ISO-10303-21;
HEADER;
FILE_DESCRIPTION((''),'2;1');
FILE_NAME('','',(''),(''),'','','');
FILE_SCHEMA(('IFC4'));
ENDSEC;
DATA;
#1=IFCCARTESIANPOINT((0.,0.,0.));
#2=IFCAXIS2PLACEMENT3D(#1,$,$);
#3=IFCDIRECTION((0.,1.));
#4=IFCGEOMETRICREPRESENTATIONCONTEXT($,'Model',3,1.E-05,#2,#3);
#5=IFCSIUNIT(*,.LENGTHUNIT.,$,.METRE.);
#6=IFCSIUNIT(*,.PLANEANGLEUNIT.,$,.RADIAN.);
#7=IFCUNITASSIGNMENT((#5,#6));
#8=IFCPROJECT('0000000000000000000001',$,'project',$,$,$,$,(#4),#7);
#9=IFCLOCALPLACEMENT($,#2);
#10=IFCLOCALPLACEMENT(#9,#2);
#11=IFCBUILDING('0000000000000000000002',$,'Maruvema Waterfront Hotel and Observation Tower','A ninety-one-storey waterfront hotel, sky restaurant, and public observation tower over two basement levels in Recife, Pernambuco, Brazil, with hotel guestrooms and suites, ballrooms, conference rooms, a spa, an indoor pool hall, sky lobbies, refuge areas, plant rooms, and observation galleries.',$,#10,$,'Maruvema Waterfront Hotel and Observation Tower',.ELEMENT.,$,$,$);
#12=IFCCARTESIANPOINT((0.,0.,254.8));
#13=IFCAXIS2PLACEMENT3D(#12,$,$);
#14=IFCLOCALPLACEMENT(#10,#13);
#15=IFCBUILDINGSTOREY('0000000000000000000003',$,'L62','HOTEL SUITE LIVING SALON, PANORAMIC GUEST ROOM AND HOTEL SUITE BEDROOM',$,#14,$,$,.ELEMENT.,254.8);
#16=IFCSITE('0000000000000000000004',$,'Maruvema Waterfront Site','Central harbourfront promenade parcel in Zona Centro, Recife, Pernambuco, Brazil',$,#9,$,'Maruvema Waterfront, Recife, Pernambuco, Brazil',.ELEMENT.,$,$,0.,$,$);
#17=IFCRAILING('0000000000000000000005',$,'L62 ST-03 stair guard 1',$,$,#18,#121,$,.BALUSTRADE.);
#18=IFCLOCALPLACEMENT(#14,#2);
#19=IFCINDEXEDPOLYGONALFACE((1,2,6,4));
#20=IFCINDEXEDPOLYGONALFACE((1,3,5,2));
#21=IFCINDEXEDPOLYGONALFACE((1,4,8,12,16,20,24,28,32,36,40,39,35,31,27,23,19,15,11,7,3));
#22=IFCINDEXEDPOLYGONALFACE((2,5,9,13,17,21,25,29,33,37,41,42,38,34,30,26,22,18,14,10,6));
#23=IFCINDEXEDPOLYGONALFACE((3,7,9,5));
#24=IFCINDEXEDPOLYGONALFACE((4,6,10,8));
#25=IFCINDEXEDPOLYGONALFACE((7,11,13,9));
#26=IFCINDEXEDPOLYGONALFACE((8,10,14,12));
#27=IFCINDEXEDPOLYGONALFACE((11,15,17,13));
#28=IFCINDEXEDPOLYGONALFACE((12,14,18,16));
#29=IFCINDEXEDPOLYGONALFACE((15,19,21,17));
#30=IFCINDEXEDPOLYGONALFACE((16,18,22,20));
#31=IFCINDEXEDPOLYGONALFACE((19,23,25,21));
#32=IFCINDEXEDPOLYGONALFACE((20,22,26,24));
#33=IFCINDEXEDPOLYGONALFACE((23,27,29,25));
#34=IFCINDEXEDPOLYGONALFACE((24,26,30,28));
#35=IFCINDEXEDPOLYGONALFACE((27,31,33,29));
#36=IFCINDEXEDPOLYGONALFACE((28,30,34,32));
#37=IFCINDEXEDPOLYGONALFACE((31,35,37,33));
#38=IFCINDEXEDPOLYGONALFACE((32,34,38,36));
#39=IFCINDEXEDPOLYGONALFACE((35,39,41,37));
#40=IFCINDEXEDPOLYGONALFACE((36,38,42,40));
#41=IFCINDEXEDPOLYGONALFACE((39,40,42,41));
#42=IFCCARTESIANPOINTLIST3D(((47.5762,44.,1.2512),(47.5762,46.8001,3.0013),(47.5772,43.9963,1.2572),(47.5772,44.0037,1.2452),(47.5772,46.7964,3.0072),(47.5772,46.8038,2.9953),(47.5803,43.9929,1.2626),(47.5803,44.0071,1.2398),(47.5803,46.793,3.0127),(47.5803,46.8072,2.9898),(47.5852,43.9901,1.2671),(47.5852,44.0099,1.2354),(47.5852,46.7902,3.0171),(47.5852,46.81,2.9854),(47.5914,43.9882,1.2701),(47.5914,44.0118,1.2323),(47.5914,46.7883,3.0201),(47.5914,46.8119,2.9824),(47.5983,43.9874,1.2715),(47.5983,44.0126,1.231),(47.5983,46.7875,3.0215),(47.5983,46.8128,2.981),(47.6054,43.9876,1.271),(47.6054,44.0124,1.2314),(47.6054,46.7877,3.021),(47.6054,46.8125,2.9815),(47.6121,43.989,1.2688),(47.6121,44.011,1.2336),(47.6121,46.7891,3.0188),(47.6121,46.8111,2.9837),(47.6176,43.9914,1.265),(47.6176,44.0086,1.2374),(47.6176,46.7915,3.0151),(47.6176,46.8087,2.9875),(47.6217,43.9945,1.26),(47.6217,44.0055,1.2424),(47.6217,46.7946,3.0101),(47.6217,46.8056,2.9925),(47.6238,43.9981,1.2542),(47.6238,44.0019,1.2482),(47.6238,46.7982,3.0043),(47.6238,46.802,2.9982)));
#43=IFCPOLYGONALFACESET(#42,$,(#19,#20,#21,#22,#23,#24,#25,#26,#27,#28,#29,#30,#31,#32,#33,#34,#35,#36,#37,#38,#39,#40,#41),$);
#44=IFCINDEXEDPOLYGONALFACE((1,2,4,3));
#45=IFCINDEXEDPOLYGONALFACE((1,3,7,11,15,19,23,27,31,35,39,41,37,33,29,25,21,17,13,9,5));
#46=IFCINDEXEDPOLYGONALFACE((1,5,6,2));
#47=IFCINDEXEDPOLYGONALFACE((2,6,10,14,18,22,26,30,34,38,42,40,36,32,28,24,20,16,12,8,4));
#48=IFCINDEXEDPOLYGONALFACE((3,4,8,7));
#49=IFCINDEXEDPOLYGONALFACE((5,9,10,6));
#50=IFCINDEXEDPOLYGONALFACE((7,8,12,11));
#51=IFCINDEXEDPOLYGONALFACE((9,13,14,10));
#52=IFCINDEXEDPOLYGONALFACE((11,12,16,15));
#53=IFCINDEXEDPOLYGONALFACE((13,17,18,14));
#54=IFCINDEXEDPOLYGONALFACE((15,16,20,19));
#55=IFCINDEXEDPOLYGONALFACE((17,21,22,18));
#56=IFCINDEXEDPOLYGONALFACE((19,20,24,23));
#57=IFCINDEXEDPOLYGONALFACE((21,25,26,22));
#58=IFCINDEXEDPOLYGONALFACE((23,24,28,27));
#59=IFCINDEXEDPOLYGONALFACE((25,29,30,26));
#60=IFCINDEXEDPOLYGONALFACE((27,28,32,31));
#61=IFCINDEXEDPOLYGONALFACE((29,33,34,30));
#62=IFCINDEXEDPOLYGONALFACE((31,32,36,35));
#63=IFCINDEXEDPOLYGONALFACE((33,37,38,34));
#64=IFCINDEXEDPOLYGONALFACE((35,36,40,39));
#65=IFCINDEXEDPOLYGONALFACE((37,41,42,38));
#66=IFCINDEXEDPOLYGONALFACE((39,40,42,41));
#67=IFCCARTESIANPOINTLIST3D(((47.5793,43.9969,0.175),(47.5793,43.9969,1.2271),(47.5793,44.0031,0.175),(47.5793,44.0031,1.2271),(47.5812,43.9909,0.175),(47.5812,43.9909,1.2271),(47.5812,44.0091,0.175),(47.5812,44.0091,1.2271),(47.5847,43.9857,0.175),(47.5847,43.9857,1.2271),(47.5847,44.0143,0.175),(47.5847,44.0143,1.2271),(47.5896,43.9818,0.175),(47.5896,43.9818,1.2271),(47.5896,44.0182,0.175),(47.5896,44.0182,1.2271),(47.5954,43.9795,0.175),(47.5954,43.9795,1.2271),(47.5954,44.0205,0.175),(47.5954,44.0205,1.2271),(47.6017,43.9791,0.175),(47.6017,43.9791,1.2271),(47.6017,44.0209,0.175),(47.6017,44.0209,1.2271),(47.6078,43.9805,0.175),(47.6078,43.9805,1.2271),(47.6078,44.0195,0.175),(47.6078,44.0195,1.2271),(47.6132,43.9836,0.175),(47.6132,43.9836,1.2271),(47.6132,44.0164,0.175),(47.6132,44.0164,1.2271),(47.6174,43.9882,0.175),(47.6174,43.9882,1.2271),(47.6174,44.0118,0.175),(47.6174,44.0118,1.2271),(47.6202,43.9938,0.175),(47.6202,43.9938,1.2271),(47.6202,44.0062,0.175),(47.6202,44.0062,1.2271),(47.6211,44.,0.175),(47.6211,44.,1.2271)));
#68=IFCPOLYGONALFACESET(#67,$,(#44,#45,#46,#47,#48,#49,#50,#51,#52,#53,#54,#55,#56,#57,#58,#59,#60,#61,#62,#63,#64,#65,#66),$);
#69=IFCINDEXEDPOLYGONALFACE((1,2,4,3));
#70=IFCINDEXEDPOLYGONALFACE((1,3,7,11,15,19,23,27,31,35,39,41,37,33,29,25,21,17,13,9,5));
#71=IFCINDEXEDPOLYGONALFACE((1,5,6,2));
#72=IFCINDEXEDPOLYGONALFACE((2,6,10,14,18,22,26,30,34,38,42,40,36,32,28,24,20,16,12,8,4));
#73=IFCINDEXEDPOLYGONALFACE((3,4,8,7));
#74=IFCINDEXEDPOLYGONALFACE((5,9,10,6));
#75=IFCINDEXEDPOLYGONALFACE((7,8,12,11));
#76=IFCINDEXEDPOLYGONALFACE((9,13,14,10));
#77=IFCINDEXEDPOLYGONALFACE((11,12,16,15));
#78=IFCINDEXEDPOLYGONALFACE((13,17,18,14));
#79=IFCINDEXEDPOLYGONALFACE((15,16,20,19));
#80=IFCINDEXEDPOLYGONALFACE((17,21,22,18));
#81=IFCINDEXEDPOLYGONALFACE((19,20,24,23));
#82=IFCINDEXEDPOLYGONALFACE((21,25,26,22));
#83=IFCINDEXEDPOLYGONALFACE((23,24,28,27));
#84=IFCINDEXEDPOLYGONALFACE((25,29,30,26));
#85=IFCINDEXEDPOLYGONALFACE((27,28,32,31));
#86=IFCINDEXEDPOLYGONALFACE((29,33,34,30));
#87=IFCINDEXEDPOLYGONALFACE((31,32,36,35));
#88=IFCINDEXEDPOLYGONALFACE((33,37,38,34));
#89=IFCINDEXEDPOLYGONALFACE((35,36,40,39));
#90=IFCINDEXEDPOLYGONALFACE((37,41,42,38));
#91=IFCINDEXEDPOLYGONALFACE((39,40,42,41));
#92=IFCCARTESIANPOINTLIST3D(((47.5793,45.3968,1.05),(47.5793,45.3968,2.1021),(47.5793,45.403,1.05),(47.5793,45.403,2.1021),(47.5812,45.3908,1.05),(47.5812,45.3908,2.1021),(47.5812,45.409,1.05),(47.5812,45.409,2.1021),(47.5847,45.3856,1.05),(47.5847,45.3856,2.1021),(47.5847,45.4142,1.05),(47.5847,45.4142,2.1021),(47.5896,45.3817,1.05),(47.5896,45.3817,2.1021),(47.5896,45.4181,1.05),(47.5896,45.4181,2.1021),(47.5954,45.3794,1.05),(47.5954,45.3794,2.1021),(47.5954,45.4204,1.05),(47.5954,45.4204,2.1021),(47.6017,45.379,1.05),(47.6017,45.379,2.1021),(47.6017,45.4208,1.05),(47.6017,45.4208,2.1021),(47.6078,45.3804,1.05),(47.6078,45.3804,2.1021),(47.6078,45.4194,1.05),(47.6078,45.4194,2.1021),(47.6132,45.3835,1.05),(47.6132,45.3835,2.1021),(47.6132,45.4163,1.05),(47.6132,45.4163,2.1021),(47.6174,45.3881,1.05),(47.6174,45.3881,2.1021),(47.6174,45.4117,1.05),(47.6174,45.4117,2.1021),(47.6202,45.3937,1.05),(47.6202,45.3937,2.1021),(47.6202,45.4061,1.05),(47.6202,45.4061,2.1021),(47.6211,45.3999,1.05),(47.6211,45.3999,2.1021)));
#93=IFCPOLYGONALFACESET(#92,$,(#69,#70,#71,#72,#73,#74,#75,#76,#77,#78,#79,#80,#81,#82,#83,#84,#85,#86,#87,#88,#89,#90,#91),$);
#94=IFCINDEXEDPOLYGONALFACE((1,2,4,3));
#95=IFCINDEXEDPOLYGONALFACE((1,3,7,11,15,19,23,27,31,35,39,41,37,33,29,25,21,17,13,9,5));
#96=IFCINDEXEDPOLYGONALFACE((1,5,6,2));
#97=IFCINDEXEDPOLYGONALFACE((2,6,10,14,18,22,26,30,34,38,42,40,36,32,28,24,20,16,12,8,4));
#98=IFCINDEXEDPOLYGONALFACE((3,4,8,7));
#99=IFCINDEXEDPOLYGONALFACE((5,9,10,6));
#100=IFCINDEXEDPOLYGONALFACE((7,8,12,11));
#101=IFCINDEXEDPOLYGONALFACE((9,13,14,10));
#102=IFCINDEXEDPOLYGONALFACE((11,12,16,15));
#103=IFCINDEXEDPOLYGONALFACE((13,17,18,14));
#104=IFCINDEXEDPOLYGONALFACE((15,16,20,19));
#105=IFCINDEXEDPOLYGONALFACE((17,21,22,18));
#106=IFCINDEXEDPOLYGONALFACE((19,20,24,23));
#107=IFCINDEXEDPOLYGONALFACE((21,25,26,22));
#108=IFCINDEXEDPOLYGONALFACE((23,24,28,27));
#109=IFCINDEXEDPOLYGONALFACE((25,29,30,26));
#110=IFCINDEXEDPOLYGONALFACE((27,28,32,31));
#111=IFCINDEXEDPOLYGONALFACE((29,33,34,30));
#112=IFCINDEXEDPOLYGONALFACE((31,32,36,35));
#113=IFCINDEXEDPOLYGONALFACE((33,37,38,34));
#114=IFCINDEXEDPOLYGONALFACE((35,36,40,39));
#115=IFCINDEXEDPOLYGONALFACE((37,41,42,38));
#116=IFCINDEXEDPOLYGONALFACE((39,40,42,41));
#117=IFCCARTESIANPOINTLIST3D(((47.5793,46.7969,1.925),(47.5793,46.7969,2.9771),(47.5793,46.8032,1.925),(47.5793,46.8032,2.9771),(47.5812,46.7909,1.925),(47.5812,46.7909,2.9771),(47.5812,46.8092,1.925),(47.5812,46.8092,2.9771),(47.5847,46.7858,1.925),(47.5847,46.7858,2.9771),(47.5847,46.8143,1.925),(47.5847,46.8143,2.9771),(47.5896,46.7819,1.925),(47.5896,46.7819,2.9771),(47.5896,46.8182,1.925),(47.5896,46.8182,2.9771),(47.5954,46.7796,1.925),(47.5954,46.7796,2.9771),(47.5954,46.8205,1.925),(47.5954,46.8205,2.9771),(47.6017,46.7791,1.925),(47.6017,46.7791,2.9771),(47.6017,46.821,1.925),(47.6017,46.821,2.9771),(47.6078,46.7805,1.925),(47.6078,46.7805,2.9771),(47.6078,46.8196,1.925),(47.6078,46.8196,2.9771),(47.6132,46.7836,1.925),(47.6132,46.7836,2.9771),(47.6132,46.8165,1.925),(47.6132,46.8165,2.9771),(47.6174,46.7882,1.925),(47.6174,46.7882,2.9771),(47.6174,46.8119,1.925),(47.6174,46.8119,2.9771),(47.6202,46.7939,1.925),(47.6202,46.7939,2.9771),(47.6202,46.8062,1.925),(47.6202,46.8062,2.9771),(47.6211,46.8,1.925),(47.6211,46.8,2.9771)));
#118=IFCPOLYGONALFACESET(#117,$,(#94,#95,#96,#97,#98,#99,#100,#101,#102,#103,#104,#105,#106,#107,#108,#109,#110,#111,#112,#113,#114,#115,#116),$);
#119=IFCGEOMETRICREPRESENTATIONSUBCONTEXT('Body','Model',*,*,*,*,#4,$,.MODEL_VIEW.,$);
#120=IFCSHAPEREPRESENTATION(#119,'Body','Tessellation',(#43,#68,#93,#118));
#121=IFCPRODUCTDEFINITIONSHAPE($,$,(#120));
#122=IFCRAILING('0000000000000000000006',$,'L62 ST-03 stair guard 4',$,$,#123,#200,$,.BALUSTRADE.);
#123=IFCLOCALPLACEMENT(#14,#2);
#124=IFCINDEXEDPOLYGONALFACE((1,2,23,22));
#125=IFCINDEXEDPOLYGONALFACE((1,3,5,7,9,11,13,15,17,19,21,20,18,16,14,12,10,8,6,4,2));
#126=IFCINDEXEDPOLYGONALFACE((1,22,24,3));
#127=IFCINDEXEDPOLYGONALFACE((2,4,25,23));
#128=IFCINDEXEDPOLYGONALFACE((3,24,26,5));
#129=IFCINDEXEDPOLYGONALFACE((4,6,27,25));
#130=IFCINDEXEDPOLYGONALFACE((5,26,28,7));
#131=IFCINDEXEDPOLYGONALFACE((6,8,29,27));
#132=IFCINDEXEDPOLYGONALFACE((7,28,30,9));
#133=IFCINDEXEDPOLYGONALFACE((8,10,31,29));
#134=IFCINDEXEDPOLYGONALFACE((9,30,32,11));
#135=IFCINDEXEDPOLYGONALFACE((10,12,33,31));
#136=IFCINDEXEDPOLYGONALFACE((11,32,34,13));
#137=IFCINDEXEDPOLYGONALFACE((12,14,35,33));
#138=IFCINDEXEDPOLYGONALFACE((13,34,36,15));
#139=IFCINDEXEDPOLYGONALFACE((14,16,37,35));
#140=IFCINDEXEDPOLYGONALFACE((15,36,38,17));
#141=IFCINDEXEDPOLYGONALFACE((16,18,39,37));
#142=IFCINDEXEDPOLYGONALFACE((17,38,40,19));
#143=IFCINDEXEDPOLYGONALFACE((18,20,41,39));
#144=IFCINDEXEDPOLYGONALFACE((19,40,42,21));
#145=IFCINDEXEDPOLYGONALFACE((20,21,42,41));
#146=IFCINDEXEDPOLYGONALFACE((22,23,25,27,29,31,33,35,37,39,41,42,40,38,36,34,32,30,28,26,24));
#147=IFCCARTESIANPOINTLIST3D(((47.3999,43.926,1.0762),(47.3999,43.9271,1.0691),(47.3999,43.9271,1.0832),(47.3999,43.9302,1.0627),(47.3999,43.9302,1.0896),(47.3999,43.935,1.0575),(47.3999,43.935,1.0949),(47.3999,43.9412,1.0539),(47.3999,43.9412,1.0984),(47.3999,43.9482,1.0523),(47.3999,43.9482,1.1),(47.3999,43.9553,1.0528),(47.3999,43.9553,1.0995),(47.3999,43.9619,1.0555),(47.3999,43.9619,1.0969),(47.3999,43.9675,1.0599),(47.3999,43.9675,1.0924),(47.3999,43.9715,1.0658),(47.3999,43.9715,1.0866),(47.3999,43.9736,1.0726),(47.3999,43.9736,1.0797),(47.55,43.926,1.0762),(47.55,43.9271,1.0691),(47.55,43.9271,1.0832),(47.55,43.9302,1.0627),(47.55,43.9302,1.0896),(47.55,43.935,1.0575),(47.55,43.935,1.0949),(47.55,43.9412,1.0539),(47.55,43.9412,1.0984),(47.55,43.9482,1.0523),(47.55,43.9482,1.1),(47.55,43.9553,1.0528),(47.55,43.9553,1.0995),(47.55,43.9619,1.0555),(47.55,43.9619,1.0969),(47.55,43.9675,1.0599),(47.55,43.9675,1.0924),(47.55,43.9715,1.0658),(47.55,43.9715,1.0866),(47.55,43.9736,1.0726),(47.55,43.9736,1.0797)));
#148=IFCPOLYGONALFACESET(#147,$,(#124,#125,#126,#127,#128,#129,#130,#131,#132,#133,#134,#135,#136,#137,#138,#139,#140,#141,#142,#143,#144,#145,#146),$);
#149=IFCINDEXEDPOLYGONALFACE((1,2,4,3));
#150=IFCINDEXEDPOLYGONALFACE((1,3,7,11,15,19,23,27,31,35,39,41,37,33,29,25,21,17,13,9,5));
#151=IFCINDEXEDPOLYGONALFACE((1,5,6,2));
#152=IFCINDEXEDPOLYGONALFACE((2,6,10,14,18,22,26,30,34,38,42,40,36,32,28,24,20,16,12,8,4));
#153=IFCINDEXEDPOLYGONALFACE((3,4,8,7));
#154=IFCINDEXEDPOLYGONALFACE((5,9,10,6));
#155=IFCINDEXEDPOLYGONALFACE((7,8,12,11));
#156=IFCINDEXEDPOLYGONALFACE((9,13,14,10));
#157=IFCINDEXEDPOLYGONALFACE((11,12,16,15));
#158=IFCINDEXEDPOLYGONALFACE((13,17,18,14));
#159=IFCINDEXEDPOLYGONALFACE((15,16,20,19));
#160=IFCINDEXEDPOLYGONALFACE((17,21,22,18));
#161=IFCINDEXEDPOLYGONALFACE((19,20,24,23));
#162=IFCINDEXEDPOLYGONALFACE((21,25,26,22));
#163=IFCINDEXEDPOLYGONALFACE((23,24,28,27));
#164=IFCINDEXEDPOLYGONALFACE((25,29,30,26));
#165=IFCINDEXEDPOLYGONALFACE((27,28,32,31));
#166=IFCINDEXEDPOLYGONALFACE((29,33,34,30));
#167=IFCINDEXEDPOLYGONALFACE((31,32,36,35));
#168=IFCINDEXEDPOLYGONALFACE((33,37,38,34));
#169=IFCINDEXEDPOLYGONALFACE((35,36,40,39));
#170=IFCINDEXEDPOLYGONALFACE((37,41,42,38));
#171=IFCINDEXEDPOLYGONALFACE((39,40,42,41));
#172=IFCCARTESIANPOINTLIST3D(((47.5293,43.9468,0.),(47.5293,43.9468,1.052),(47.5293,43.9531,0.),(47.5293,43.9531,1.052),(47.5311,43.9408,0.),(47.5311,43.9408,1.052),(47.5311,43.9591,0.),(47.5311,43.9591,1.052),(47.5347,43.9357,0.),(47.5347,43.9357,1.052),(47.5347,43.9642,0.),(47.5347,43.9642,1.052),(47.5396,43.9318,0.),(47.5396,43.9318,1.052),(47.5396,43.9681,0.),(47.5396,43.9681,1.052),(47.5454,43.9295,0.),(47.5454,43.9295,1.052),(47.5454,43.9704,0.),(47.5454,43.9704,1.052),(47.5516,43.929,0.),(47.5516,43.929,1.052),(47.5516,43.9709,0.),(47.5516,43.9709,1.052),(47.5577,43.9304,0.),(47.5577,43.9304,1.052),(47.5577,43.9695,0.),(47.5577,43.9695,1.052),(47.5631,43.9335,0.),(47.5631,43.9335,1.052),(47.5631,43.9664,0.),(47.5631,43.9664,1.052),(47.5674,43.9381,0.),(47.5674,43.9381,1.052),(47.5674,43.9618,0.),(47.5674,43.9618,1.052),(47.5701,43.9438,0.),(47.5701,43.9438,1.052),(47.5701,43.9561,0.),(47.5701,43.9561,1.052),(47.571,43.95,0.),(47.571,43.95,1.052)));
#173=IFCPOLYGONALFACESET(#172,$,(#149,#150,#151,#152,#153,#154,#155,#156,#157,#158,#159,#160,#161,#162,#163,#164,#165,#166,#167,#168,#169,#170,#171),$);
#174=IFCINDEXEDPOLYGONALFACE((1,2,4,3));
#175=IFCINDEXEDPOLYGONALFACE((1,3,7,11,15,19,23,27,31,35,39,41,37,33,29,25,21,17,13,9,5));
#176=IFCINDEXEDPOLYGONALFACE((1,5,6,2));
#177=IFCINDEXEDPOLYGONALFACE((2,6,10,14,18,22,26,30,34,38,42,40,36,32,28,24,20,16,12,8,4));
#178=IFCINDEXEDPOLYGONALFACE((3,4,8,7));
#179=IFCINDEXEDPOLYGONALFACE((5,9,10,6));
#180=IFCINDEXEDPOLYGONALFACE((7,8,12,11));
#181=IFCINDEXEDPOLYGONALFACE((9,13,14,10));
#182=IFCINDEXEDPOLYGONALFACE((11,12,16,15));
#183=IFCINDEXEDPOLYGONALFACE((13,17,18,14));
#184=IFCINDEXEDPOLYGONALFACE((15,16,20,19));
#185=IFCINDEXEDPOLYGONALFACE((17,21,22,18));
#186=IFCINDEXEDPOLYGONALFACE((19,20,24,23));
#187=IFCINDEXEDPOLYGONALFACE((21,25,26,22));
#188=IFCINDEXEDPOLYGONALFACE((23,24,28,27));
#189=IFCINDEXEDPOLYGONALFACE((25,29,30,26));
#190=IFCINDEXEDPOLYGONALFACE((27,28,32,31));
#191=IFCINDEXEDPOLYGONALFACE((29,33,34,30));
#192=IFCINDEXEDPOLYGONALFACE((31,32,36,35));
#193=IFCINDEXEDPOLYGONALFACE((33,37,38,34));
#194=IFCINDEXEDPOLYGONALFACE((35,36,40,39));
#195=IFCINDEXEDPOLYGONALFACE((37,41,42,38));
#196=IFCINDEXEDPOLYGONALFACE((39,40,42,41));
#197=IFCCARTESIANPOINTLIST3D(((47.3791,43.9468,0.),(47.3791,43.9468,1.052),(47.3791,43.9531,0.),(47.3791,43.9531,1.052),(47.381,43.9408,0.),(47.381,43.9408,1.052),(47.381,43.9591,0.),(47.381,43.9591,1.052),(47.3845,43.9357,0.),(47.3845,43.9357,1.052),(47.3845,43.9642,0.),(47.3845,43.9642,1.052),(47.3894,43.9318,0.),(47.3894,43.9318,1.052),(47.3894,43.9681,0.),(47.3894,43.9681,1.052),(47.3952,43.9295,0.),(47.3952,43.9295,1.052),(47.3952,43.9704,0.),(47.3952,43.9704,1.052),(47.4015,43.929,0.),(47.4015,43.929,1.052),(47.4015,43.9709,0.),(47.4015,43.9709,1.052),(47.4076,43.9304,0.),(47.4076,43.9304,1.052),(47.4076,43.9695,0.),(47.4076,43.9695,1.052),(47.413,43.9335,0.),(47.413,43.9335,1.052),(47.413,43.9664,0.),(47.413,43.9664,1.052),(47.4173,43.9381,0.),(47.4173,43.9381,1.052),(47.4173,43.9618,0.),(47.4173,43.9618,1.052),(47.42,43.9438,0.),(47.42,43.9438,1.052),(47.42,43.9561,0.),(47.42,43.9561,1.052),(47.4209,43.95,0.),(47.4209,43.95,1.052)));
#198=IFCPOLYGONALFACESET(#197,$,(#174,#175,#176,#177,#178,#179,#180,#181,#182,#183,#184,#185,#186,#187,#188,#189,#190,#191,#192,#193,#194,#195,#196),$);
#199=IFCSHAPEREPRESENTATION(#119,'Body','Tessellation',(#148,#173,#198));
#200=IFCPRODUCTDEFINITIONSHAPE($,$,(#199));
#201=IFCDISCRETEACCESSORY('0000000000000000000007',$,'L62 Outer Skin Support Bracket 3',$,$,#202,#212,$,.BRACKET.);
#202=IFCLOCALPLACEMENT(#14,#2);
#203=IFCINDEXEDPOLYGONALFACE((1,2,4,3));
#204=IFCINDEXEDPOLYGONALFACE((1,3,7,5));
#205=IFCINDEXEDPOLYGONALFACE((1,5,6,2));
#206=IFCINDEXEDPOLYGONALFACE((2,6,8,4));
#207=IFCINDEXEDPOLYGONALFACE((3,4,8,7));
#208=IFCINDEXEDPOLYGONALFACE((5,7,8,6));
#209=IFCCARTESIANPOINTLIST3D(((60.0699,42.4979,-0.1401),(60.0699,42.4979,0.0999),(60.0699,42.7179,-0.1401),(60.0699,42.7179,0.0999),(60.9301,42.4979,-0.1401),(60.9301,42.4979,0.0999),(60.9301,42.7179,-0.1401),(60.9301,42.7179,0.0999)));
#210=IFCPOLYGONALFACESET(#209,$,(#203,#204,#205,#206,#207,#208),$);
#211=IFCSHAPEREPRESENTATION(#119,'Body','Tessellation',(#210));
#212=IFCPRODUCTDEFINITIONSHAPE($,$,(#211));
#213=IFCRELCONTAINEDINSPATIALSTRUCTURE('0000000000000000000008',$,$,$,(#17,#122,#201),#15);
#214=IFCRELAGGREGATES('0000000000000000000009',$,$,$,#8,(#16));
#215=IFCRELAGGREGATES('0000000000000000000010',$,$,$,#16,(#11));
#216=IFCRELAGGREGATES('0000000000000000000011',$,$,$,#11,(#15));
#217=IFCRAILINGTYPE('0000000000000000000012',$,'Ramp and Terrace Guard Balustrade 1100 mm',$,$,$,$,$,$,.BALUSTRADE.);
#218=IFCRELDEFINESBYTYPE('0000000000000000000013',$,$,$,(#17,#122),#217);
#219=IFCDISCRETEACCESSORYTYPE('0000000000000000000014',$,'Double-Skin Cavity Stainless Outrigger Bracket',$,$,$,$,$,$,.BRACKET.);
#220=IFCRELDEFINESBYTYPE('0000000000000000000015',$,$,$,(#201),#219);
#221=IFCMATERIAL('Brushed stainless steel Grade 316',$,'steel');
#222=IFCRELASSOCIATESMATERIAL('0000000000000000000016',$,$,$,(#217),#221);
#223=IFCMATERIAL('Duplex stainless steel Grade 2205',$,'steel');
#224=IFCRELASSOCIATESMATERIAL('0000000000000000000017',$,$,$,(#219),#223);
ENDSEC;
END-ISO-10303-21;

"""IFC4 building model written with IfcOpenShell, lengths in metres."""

from ifc_helpers import new_model, si_unit, direction, frame, origin, origin_2d, place, context, subcontext, project, spatial, rectangle, circle, extrude, material, type_object, element, save


model = new_model("IFC4")

# Units and contexts
model_context = context("Model", 3, precision=1e-05, world=origin(), true_north=direction((0.0, 1.0)))
body_context = subcontext(model_context, "Body", "Model", "MODEL_VIEW")
ifc_project = project(units=[si_unit("LENGTHUNIT", "METRE"), si_unit("PLANEANGLEUNIT", "RADIAN")], contexts=[model_context])

# Site, building, storey
site_placement = place(None, origin())
site = spatial("IfcSite", under=ifc_project, at=site_placement, Name="Maruvema Waterfront Site", Description="Central harbourfront promenade parcel in Zona Centro, Recife, Pernambuco, Brazil", LongName="Maruvema Waterfront, Recife, Pernambuco, Brazil", CompositionType="ELEMENT", RefElevation=0.0)
building_placement = place(site_placement, origin())
building = spatial("IfcBuilding", under=site, at=building_placement, Name="Maruvema Waterfront Hotel and Observation Tower", Description="A ninety-one-storey waterfront hotel, sky restaurant, and public observation tower over two basement levels in Recife, Pernambuco, Brazil, with hotel guestrooms and suites, ballrooms, conference rooms, a spa, an indoor pool hall, sky lobbies, refuge areas, plant rooms, and observation galleries.", LongName="Maruvema Waterfront Hotel and Observation Tower", CompositionType="ELEMENT")
storey_placement = place(building_placement, frame((0.0, 0.0, 254.8)))
storey = spatial("IfcBuildingStorey", under=building, at=storey_placement, Name="L62", Description="HOTEL SUITE LIVING SALON, PANORAMIC GUEST ROOM AND HOTEL SUITE BEDROOM", CompositionType="ELEMENT", Elevation=254.8)

# Railings
ifc_material_1 = material(Name="Brushed stainless steel Grade 316", Category="steel")
railing_type = type_object("IfcRailingType", Name="Ramp and Terrace Guard Balustrade 1100 mm", PredefinedType="BALUSTRADE", material=ifc_material_1)
railing_1_placement = place(storey_placement, frame((47.6001, 44.0, 0.175)))
element("IfcRailing", 1, at=railing_1_placement, inside=storey, type_object=railing_type, Name="L62 ST-03 stair guard 1", PredefinedType="BALUSTRADE", context=body_context, shape_type="SweptSolid", body=[
    extrude(circle(Radius=0.0239, at=origin_2d()), frame((0.0, 0.0, 1.0762), z_axis=(0.0, 0.848002, 0.529992), x_axis=(-1.0, 0.0, 0.0)), (0.0, 0.0, 1.0), 3.302),
    extrude(circle(Radius=0.021, at=origin_2d()), origin(), (0.0, 0.0, 1.0), 1.052),
    extrude(circle(Radius=0.021, at=origin_2d()), frame((0.0, 1.3999, 0.875)), (0.0, 0.0, 1.0), 1.052),
    extrude(circle(Radius=0.021, at=origin_2d()), frame((0.0, 2.8, 1.75)), (0.0, 0.0, 1.0), 1.052),
])
railing_2_placement = place(storey_placement, frame((47.55, 43.95, 0.0)))
element("IfcRailing", 2, at=railing_2_placement, inside=storey, type_object=railing_type, Name="L62 ST-03 stair guard 4", PredefinedType="BALUSTRADE", context=body_context, shape_type="SweptSolid", body=[
    extrude(circle(Radius=0.0239, at=origin_2d()), frame((0.0, 0.0, 1.0762), z_axis=(-1.0, 0.0, 0.0), x_axis=(0.0, -1.0, 0.0)), (0.0, 0.0, 1.0), 0.1501),
    extrude(circle(Radius=0.021, at=origin_2d()), origin(), (0.0, 0.0, 1.0), 1.052),
    extrude(circle(Radius=0.021, at=origin_2d()), frame((-0.1501, 0.0, 0.0)), (0.0, 0.0, 1.0), 1.052),
])

# Discrete accessory
ifc_material_2 = material(Name="Duplex stainless steel Grade 2205", Category="steel")
discrete_accessory_type = type_object("IfcDiscreteAccessoryType", Name="Double-Skin Cavity Stainless Outrigger Bracket", PredefinedType="BRACKET", material=ifc_material_2)
discrete_accessory_placement = place(storey_placement, frame((60.5, 42.6079, -0.1401), z_axis=(0.0, 0.0, 1.0), x_axis=(0.0, 1.0, 0.0)))
element("IfcDiscreteAccessory", 3, at=discrete_accessory_placement, inside=storey, type_object=discrete_accessory_type, Name="L62 Outer Skin Support Bracket 3", PredefinedType="BRACKET", context=body_context, shape_type="SweptSolid", body=[
    extrude(rectangle(XDim=0.22, YDim=0.8601, at=origin_2d()), origin(), (0.0, 0.0, 1.0), 0.24),
])

save(model, "model.ifc")
